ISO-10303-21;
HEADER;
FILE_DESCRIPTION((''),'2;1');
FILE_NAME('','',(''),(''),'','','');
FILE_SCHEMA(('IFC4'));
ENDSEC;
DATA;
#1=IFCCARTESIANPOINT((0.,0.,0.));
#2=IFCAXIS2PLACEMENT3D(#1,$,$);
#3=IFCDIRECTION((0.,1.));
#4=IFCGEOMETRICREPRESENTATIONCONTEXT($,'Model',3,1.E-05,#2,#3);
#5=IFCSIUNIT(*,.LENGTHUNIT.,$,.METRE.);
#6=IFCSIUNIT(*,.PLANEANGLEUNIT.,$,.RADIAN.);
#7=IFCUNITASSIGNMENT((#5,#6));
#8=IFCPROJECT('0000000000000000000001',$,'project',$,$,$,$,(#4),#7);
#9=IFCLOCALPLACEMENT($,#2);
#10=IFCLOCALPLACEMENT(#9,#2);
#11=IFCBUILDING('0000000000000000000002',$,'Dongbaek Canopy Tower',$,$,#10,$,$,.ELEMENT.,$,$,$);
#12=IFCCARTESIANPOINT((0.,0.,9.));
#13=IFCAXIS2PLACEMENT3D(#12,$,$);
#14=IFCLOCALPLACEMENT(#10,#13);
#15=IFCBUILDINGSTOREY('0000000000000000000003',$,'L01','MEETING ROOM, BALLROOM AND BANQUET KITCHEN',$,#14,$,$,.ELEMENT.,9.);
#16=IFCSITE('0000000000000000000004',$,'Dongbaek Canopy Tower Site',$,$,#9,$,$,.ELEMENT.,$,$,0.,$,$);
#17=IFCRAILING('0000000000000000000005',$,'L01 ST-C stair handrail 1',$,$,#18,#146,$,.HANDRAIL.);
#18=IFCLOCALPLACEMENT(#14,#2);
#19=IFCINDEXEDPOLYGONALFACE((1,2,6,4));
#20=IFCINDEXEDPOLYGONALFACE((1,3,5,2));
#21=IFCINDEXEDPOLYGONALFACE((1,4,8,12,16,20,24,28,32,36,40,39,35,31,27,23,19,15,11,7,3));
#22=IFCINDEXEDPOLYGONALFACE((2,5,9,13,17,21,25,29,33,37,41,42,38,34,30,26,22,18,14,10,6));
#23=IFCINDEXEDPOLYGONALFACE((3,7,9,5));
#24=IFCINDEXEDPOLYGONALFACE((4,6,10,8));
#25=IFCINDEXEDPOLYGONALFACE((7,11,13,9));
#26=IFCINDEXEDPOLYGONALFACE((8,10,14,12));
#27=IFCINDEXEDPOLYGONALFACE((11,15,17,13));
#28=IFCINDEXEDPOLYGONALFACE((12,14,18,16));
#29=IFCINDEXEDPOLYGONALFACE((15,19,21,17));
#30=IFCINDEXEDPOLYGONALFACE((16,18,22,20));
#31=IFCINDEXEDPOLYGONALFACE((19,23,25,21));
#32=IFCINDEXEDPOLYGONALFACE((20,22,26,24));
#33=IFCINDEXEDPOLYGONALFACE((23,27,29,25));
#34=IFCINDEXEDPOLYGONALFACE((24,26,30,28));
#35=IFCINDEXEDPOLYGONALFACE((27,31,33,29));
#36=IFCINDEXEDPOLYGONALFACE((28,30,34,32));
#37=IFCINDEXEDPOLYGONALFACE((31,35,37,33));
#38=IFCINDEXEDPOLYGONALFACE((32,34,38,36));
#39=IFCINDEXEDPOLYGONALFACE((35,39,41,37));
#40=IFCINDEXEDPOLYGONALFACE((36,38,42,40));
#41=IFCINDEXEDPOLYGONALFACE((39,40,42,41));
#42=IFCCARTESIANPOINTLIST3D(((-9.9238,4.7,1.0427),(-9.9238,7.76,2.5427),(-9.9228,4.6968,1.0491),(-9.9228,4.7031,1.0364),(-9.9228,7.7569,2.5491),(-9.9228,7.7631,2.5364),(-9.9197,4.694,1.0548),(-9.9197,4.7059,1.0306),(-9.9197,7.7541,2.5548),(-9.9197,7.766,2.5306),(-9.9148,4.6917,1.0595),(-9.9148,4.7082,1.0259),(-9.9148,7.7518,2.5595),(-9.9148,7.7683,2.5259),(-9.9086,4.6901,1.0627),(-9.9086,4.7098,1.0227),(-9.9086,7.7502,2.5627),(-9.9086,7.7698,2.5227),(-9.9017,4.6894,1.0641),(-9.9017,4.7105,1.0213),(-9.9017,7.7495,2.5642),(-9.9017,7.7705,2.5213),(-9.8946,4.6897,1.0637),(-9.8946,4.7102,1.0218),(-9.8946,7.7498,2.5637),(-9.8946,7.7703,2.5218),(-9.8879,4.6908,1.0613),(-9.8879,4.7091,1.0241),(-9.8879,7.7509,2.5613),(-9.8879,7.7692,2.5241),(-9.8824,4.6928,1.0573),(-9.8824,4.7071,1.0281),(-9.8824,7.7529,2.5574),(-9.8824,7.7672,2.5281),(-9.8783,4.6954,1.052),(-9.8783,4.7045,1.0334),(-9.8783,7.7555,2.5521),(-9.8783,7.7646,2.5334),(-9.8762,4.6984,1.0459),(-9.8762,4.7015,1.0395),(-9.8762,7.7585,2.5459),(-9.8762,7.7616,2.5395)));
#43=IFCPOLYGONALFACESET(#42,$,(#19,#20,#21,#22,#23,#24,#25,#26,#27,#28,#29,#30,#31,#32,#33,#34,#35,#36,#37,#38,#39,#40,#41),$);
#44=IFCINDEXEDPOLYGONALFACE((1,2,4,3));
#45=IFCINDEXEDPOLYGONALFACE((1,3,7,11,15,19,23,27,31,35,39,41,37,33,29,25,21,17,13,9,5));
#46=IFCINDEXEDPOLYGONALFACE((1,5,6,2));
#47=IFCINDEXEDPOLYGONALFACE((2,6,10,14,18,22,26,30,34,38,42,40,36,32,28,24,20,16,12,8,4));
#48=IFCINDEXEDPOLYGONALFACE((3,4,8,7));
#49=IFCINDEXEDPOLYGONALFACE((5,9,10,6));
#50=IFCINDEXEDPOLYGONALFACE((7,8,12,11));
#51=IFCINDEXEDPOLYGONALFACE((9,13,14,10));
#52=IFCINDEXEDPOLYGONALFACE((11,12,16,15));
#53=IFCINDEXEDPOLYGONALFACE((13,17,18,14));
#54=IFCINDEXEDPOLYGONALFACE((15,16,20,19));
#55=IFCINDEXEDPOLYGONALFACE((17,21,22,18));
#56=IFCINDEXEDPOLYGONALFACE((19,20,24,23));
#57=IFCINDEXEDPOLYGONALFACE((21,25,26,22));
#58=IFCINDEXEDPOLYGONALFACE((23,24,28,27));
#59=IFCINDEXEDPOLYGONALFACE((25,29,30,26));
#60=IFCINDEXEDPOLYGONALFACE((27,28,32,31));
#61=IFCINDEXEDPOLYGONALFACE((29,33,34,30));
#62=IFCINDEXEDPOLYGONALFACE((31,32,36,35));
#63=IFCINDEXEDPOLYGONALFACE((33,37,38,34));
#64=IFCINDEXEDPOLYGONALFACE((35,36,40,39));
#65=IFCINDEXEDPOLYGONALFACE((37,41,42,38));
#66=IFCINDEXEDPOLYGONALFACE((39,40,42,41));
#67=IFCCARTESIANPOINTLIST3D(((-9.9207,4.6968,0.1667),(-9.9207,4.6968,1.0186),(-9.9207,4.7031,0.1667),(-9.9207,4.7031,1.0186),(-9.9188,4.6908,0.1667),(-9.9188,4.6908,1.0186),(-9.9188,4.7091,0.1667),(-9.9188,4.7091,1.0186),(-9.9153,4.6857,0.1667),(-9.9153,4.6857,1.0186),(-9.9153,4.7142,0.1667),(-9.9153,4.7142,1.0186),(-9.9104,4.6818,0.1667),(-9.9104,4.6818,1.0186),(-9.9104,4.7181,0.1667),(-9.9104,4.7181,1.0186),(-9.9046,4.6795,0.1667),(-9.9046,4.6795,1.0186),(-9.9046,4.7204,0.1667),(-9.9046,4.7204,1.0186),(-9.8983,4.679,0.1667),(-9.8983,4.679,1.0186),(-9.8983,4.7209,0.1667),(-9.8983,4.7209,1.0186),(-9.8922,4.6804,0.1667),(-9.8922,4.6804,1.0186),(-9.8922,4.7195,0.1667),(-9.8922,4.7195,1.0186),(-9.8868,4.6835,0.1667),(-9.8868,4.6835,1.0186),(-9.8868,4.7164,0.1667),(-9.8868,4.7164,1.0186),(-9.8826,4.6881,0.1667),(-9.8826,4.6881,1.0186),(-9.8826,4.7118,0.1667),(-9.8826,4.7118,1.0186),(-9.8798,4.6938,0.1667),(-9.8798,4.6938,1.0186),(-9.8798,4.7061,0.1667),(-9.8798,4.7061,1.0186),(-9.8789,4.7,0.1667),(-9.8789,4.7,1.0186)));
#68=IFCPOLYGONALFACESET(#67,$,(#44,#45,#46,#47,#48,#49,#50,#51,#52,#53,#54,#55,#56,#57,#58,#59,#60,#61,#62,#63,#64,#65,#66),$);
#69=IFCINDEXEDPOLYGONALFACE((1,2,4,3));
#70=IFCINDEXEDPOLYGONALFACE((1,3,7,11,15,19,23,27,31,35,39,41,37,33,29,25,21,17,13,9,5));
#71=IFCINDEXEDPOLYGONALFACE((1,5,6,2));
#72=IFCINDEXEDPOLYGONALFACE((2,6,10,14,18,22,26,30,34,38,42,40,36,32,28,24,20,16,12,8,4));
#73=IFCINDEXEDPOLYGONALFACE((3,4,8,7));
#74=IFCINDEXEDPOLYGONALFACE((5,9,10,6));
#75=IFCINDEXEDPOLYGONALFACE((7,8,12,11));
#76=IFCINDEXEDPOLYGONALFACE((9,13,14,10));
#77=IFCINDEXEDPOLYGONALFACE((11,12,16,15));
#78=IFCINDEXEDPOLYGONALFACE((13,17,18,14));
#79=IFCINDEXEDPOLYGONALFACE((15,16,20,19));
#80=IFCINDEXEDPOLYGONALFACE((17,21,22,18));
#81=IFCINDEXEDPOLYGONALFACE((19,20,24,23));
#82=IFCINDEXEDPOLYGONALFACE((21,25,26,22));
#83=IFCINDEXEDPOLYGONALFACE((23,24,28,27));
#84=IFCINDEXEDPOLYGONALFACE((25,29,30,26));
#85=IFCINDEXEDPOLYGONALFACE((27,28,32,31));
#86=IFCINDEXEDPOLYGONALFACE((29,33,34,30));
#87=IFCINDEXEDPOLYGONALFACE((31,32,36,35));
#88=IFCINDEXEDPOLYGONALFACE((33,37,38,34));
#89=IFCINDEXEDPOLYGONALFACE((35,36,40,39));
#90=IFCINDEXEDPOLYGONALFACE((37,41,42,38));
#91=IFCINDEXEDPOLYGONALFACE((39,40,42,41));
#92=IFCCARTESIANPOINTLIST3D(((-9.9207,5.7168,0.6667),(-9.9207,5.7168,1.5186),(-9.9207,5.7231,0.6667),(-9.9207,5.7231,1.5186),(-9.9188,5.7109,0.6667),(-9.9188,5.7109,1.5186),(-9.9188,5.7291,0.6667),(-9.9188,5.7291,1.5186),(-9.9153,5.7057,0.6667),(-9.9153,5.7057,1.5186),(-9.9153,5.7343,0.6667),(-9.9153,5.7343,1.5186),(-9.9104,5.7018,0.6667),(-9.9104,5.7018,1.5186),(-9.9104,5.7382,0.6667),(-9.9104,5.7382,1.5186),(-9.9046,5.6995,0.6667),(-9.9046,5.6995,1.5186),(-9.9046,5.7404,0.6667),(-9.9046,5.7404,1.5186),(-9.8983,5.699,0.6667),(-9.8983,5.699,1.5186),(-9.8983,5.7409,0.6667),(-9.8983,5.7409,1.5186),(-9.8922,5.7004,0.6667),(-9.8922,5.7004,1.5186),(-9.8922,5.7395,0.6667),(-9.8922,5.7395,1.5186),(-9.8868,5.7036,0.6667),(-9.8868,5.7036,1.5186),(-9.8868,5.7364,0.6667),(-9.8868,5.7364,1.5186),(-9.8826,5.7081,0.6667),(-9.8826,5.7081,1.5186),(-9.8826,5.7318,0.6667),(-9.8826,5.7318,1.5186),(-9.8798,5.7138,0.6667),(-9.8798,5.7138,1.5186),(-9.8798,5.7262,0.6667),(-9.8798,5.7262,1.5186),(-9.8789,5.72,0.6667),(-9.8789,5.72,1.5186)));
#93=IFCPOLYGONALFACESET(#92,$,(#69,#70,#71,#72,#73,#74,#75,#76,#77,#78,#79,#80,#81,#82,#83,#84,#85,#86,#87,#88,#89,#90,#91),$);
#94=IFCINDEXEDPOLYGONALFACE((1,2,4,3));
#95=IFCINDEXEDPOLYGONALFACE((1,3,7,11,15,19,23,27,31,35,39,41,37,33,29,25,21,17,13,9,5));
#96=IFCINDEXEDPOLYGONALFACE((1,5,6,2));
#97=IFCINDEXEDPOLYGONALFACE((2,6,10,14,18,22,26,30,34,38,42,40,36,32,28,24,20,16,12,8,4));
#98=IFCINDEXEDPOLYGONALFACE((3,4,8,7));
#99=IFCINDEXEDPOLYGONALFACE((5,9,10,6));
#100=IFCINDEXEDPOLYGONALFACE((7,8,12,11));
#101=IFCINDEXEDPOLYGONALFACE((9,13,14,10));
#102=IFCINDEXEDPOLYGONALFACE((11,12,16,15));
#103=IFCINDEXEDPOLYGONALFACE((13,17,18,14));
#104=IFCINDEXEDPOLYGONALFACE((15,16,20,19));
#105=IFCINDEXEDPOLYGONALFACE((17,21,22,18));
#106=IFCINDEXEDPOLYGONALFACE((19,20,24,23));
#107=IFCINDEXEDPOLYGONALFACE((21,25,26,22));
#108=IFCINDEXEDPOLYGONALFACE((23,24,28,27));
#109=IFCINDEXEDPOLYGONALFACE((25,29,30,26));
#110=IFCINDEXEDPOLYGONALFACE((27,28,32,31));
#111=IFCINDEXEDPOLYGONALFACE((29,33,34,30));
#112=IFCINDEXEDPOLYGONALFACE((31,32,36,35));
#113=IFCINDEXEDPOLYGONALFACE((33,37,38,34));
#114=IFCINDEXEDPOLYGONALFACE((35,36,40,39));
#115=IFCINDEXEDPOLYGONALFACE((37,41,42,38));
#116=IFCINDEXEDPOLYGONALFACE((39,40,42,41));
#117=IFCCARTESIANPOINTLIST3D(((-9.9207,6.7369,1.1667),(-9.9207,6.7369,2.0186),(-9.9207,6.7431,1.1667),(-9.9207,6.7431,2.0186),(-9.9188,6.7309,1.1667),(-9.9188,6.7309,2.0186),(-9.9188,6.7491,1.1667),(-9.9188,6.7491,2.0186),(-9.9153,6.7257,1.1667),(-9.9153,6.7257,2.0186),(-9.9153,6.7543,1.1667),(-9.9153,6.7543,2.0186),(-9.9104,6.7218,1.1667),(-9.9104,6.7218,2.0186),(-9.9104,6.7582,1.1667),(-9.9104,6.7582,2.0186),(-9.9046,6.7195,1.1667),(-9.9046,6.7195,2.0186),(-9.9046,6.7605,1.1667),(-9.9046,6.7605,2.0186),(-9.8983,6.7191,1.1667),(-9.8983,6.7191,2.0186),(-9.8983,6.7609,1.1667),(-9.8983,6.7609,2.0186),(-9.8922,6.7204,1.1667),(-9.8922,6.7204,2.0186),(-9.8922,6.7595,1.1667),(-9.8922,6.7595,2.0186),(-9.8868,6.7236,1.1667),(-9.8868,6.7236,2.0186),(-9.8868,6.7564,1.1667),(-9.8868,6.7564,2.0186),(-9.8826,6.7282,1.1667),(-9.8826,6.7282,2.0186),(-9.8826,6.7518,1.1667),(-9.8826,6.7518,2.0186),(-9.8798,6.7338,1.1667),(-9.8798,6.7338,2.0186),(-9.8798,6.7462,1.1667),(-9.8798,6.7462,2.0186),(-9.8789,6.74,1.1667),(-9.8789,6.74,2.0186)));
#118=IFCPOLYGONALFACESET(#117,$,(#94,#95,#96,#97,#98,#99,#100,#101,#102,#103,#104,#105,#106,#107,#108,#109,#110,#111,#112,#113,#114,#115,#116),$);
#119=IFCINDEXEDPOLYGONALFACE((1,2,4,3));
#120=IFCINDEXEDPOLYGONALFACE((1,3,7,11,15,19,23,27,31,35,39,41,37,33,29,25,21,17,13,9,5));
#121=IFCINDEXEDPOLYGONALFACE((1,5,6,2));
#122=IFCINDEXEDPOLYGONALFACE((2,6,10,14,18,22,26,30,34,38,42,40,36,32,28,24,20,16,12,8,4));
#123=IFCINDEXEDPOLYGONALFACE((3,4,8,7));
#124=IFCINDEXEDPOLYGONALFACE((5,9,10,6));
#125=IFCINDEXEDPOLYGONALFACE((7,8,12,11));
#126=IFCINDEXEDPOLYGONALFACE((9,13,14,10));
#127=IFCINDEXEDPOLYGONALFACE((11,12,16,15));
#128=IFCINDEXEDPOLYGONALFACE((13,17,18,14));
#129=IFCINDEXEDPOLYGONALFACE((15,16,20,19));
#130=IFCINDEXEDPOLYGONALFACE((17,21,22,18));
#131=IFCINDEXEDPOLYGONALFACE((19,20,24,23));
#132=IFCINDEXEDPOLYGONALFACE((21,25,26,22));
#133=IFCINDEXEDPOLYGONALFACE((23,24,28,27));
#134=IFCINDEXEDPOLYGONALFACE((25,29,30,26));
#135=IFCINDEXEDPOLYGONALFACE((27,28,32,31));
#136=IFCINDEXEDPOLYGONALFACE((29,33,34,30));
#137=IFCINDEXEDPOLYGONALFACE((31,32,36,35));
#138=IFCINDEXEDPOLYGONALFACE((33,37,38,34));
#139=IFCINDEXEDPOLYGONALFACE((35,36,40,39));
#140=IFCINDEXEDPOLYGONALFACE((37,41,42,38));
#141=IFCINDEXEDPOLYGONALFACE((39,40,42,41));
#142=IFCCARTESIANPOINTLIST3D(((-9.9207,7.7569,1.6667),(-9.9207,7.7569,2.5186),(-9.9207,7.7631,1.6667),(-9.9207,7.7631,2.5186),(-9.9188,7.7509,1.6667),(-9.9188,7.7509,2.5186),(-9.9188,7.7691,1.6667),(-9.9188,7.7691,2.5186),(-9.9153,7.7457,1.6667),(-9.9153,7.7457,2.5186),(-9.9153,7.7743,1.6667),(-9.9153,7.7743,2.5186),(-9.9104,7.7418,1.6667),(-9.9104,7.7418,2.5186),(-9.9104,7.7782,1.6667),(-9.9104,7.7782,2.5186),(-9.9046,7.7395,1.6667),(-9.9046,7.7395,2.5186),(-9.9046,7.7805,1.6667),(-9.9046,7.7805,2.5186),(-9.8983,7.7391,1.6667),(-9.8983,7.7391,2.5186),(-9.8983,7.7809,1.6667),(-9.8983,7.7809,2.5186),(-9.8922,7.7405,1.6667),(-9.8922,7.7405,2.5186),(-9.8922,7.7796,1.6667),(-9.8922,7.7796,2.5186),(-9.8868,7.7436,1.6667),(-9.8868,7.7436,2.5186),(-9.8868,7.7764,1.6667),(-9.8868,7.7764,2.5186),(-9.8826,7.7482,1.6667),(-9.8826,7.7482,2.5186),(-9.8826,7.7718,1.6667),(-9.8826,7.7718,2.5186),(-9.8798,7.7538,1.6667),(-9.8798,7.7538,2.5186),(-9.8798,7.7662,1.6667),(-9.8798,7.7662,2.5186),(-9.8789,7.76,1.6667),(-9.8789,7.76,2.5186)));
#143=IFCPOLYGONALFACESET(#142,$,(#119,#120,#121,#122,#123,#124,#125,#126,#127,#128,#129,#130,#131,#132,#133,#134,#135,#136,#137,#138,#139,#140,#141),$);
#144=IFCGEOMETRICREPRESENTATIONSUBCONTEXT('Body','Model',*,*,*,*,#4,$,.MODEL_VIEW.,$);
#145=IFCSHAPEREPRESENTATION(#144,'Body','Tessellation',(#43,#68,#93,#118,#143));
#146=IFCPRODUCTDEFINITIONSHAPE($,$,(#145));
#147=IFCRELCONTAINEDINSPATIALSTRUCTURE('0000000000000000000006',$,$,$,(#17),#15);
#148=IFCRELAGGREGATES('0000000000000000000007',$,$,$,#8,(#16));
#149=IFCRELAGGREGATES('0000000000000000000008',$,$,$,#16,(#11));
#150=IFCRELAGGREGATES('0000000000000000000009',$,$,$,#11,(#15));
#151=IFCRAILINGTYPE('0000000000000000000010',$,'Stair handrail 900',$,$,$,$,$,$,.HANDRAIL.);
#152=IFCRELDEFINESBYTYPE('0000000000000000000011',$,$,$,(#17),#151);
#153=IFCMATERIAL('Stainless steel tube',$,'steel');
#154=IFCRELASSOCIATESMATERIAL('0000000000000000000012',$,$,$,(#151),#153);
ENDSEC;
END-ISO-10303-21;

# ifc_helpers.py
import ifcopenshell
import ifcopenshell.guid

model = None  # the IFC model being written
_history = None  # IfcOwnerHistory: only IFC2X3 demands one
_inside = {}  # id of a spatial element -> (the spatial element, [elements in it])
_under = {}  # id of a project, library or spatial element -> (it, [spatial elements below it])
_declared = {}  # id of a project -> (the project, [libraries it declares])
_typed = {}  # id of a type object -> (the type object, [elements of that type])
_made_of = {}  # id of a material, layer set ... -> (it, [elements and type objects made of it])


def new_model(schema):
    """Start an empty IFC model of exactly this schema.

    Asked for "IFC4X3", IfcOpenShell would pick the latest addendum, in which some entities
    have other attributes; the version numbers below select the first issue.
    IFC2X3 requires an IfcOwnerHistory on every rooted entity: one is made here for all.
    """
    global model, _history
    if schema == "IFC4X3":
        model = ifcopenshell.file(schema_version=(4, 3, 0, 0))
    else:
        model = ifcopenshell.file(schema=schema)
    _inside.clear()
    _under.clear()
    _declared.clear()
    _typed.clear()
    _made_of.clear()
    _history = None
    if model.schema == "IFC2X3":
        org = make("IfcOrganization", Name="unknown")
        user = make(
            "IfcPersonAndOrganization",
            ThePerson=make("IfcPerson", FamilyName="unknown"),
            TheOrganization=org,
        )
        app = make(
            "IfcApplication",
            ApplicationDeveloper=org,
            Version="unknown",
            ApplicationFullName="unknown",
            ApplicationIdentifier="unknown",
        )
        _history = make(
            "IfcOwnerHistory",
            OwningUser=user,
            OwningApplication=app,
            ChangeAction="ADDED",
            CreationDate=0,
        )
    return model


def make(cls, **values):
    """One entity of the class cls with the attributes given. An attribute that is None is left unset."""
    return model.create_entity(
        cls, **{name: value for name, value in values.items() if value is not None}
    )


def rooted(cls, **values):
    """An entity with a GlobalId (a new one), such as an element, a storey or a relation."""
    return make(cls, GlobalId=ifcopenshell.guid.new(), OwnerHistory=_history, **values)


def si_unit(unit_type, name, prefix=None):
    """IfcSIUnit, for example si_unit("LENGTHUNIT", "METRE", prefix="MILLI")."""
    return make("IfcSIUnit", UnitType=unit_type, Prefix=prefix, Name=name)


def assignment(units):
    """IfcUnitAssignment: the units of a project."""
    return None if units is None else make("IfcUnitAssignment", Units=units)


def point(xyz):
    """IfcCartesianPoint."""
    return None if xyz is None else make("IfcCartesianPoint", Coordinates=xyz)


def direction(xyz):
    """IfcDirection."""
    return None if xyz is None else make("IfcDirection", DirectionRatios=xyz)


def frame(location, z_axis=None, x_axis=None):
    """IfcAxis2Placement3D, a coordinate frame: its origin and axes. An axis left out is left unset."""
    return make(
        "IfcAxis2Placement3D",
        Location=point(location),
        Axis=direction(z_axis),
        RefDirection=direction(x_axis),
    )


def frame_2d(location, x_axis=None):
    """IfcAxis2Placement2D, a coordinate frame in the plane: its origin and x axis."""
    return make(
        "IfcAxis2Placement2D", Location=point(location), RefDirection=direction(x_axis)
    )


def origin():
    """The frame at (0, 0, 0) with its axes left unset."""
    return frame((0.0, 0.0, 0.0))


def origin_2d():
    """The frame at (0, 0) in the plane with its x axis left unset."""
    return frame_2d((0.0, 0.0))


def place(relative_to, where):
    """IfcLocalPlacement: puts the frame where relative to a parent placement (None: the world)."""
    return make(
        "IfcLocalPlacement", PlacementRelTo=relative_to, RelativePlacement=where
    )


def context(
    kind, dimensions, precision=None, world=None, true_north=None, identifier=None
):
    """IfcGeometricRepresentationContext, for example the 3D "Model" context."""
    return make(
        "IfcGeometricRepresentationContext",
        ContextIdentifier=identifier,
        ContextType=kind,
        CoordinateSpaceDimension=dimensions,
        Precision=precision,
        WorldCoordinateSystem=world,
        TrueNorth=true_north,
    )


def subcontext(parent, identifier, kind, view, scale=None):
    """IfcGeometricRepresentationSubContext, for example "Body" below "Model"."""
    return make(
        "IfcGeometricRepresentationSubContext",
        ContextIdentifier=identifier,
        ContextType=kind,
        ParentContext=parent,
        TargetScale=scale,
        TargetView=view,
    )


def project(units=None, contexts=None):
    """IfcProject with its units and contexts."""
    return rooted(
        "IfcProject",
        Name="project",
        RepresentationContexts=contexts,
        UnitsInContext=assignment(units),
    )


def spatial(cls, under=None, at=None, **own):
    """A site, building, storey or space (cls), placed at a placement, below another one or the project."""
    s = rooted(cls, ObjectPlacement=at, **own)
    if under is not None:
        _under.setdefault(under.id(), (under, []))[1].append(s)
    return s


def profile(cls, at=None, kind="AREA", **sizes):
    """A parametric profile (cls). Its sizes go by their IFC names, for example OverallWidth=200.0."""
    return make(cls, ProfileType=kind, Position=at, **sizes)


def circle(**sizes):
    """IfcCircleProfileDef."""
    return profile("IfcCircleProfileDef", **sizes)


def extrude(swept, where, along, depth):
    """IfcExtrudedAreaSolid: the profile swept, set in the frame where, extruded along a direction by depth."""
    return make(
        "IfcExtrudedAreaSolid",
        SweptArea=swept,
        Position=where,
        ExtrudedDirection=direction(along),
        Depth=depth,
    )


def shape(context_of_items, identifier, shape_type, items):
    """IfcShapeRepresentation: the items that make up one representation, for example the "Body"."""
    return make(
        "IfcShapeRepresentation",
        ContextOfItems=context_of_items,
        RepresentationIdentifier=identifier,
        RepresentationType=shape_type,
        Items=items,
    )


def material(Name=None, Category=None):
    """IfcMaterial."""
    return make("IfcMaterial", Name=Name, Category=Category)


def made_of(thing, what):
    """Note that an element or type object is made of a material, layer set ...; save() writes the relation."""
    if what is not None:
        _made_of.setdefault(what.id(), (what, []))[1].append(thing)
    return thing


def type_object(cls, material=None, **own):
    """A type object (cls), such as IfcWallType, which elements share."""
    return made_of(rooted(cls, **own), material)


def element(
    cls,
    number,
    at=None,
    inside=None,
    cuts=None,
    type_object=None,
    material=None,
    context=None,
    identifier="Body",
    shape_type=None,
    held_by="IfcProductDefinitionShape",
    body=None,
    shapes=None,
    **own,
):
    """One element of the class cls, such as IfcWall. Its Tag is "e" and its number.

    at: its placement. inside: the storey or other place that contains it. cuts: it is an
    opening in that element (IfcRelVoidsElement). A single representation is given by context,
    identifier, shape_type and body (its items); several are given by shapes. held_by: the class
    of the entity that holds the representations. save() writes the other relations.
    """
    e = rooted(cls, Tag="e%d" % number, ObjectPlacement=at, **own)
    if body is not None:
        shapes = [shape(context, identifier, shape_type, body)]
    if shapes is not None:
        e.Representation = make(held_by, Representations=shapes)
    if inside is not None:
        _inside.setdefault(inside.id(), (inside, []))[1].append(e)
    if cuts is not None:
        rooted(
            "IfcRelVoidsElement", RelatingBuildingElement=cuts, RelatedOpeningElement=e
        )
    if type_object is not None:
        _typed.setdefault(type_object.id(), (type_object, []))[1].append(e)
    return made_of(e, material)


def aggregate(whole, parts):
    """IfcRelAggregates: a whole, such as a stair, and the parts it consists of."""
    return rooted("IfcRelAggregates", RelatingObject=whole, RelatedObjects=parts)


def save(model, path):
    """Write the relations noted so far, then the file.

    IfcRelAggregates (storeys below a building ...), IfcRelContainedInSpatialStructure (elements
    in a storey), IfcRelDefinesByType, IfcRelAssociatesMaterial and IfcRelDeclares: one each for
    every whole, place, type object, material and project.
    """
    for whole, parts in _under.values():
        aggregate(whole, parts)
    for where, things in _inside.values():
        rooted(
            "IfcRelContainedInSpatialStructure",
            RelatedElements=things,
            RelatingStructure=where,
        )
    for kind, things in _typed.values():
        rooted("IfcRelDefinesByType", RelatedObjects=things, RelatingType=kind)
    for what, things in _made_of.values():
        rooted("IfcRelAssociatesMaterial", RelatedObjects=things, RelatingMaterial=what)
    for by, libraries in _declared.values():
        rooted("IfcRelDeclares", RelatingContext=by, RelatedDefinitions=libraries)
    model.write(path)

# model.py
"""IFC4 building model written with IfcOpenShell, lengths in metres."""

from ifc_helpers import new_model, si_unit, direction, frame, origin, origin_2d, place, context, subcontext, project, spatial, circle, extrude, material, type_object, element, save


model = new_model("IFC4")

# Units and contexts
model_context = context("Model", 3, precision=1e-05, world=origin(), true_north=direction((0.0, 1.0)))
body_context = subcontext(model_context, "Body", "Model", "MODEL_VIEW")
ifc_project = project(units=[si_unit("LENGTHUNIT", "METRE"), si_unit("PLANEANGLEUNIT", "RADIAN")], contexts=[model_context])

# Site, building, storey
site_placement = place(None, origin())
site = spatial("IfcSite", under=ifc_project, at=site_placement, Name="Dongbaek Canopy Tower Site", CompositionType="ELEMENT", RefElevation=0.0)
building_placement = place(site_placement, origin())
building = spatial("IfcBuilding", under=site, at=building_placement, Name="Dongbaek Canopy Tower", CompositionType="ELEMENT")
storey_placement = place(building_placement, frame((0.0, 0.0, 9.0)))
storey = spatial("IfcBuildingStorey", under=building, at=storey_placement, Name="L01", Description="MEETING ROOM, BALLROOM AND BANQUET KITCHEN", CompositionType="ELEMENT", Elevation=9.0)

# Railing
ifc_material_1 = material(Name="Stainless steel tube", Category="steel")
railing_type_1 = type_object("IfcRailingType", Name="Stair handrail 900", PredefinedType="HANDRAIL", material=ifc_material_1)
railing_1_placement = place(storey_placement, frame((-9.8999, 4.7, 0.1667)))
element("IfcRailing", 1, at=railing_1_placement, inside=storey, type_object=railing_type_1, Name="L01 ST-C stair handrail 1", PredefinedType="HANDRAIL", context=body_context, shape_type="SweptSolid", body=[
    extrude(circle(Radius=0.0239, at=origin_2d()), frame((0.0, 0.0, 0.876), z_axis=(0.0, 0.897924, 0.44015), x_axis=(-1.0, 0.0, 0.0)), (0.0, 0.0, 1.0), 3.408),
    extrude(circle(Radius=0.021, at=origin_2d()), origin(), (0.0, 0.0, 1.0), 0.8518),
    extrude(circle(Radius=0.021, at=origin_2d()), frame((0.0, 1.02, 0.5)), (0.0, 0.0, 1.0), 0.8518),
    extrude(circle(Radius=0.021, at=origin_2d()), frame((0.0, 2.04, 1.0)), (0.0, 0.0, 1.0), 0.8518),
    extrude(circle(Radius=0.021, at=origin_2d()), frame((0.0, 3.0601, 1.5)), (0.0, 0.0, 1.0), 0.8518),
])

save(model, "model.ifc")
